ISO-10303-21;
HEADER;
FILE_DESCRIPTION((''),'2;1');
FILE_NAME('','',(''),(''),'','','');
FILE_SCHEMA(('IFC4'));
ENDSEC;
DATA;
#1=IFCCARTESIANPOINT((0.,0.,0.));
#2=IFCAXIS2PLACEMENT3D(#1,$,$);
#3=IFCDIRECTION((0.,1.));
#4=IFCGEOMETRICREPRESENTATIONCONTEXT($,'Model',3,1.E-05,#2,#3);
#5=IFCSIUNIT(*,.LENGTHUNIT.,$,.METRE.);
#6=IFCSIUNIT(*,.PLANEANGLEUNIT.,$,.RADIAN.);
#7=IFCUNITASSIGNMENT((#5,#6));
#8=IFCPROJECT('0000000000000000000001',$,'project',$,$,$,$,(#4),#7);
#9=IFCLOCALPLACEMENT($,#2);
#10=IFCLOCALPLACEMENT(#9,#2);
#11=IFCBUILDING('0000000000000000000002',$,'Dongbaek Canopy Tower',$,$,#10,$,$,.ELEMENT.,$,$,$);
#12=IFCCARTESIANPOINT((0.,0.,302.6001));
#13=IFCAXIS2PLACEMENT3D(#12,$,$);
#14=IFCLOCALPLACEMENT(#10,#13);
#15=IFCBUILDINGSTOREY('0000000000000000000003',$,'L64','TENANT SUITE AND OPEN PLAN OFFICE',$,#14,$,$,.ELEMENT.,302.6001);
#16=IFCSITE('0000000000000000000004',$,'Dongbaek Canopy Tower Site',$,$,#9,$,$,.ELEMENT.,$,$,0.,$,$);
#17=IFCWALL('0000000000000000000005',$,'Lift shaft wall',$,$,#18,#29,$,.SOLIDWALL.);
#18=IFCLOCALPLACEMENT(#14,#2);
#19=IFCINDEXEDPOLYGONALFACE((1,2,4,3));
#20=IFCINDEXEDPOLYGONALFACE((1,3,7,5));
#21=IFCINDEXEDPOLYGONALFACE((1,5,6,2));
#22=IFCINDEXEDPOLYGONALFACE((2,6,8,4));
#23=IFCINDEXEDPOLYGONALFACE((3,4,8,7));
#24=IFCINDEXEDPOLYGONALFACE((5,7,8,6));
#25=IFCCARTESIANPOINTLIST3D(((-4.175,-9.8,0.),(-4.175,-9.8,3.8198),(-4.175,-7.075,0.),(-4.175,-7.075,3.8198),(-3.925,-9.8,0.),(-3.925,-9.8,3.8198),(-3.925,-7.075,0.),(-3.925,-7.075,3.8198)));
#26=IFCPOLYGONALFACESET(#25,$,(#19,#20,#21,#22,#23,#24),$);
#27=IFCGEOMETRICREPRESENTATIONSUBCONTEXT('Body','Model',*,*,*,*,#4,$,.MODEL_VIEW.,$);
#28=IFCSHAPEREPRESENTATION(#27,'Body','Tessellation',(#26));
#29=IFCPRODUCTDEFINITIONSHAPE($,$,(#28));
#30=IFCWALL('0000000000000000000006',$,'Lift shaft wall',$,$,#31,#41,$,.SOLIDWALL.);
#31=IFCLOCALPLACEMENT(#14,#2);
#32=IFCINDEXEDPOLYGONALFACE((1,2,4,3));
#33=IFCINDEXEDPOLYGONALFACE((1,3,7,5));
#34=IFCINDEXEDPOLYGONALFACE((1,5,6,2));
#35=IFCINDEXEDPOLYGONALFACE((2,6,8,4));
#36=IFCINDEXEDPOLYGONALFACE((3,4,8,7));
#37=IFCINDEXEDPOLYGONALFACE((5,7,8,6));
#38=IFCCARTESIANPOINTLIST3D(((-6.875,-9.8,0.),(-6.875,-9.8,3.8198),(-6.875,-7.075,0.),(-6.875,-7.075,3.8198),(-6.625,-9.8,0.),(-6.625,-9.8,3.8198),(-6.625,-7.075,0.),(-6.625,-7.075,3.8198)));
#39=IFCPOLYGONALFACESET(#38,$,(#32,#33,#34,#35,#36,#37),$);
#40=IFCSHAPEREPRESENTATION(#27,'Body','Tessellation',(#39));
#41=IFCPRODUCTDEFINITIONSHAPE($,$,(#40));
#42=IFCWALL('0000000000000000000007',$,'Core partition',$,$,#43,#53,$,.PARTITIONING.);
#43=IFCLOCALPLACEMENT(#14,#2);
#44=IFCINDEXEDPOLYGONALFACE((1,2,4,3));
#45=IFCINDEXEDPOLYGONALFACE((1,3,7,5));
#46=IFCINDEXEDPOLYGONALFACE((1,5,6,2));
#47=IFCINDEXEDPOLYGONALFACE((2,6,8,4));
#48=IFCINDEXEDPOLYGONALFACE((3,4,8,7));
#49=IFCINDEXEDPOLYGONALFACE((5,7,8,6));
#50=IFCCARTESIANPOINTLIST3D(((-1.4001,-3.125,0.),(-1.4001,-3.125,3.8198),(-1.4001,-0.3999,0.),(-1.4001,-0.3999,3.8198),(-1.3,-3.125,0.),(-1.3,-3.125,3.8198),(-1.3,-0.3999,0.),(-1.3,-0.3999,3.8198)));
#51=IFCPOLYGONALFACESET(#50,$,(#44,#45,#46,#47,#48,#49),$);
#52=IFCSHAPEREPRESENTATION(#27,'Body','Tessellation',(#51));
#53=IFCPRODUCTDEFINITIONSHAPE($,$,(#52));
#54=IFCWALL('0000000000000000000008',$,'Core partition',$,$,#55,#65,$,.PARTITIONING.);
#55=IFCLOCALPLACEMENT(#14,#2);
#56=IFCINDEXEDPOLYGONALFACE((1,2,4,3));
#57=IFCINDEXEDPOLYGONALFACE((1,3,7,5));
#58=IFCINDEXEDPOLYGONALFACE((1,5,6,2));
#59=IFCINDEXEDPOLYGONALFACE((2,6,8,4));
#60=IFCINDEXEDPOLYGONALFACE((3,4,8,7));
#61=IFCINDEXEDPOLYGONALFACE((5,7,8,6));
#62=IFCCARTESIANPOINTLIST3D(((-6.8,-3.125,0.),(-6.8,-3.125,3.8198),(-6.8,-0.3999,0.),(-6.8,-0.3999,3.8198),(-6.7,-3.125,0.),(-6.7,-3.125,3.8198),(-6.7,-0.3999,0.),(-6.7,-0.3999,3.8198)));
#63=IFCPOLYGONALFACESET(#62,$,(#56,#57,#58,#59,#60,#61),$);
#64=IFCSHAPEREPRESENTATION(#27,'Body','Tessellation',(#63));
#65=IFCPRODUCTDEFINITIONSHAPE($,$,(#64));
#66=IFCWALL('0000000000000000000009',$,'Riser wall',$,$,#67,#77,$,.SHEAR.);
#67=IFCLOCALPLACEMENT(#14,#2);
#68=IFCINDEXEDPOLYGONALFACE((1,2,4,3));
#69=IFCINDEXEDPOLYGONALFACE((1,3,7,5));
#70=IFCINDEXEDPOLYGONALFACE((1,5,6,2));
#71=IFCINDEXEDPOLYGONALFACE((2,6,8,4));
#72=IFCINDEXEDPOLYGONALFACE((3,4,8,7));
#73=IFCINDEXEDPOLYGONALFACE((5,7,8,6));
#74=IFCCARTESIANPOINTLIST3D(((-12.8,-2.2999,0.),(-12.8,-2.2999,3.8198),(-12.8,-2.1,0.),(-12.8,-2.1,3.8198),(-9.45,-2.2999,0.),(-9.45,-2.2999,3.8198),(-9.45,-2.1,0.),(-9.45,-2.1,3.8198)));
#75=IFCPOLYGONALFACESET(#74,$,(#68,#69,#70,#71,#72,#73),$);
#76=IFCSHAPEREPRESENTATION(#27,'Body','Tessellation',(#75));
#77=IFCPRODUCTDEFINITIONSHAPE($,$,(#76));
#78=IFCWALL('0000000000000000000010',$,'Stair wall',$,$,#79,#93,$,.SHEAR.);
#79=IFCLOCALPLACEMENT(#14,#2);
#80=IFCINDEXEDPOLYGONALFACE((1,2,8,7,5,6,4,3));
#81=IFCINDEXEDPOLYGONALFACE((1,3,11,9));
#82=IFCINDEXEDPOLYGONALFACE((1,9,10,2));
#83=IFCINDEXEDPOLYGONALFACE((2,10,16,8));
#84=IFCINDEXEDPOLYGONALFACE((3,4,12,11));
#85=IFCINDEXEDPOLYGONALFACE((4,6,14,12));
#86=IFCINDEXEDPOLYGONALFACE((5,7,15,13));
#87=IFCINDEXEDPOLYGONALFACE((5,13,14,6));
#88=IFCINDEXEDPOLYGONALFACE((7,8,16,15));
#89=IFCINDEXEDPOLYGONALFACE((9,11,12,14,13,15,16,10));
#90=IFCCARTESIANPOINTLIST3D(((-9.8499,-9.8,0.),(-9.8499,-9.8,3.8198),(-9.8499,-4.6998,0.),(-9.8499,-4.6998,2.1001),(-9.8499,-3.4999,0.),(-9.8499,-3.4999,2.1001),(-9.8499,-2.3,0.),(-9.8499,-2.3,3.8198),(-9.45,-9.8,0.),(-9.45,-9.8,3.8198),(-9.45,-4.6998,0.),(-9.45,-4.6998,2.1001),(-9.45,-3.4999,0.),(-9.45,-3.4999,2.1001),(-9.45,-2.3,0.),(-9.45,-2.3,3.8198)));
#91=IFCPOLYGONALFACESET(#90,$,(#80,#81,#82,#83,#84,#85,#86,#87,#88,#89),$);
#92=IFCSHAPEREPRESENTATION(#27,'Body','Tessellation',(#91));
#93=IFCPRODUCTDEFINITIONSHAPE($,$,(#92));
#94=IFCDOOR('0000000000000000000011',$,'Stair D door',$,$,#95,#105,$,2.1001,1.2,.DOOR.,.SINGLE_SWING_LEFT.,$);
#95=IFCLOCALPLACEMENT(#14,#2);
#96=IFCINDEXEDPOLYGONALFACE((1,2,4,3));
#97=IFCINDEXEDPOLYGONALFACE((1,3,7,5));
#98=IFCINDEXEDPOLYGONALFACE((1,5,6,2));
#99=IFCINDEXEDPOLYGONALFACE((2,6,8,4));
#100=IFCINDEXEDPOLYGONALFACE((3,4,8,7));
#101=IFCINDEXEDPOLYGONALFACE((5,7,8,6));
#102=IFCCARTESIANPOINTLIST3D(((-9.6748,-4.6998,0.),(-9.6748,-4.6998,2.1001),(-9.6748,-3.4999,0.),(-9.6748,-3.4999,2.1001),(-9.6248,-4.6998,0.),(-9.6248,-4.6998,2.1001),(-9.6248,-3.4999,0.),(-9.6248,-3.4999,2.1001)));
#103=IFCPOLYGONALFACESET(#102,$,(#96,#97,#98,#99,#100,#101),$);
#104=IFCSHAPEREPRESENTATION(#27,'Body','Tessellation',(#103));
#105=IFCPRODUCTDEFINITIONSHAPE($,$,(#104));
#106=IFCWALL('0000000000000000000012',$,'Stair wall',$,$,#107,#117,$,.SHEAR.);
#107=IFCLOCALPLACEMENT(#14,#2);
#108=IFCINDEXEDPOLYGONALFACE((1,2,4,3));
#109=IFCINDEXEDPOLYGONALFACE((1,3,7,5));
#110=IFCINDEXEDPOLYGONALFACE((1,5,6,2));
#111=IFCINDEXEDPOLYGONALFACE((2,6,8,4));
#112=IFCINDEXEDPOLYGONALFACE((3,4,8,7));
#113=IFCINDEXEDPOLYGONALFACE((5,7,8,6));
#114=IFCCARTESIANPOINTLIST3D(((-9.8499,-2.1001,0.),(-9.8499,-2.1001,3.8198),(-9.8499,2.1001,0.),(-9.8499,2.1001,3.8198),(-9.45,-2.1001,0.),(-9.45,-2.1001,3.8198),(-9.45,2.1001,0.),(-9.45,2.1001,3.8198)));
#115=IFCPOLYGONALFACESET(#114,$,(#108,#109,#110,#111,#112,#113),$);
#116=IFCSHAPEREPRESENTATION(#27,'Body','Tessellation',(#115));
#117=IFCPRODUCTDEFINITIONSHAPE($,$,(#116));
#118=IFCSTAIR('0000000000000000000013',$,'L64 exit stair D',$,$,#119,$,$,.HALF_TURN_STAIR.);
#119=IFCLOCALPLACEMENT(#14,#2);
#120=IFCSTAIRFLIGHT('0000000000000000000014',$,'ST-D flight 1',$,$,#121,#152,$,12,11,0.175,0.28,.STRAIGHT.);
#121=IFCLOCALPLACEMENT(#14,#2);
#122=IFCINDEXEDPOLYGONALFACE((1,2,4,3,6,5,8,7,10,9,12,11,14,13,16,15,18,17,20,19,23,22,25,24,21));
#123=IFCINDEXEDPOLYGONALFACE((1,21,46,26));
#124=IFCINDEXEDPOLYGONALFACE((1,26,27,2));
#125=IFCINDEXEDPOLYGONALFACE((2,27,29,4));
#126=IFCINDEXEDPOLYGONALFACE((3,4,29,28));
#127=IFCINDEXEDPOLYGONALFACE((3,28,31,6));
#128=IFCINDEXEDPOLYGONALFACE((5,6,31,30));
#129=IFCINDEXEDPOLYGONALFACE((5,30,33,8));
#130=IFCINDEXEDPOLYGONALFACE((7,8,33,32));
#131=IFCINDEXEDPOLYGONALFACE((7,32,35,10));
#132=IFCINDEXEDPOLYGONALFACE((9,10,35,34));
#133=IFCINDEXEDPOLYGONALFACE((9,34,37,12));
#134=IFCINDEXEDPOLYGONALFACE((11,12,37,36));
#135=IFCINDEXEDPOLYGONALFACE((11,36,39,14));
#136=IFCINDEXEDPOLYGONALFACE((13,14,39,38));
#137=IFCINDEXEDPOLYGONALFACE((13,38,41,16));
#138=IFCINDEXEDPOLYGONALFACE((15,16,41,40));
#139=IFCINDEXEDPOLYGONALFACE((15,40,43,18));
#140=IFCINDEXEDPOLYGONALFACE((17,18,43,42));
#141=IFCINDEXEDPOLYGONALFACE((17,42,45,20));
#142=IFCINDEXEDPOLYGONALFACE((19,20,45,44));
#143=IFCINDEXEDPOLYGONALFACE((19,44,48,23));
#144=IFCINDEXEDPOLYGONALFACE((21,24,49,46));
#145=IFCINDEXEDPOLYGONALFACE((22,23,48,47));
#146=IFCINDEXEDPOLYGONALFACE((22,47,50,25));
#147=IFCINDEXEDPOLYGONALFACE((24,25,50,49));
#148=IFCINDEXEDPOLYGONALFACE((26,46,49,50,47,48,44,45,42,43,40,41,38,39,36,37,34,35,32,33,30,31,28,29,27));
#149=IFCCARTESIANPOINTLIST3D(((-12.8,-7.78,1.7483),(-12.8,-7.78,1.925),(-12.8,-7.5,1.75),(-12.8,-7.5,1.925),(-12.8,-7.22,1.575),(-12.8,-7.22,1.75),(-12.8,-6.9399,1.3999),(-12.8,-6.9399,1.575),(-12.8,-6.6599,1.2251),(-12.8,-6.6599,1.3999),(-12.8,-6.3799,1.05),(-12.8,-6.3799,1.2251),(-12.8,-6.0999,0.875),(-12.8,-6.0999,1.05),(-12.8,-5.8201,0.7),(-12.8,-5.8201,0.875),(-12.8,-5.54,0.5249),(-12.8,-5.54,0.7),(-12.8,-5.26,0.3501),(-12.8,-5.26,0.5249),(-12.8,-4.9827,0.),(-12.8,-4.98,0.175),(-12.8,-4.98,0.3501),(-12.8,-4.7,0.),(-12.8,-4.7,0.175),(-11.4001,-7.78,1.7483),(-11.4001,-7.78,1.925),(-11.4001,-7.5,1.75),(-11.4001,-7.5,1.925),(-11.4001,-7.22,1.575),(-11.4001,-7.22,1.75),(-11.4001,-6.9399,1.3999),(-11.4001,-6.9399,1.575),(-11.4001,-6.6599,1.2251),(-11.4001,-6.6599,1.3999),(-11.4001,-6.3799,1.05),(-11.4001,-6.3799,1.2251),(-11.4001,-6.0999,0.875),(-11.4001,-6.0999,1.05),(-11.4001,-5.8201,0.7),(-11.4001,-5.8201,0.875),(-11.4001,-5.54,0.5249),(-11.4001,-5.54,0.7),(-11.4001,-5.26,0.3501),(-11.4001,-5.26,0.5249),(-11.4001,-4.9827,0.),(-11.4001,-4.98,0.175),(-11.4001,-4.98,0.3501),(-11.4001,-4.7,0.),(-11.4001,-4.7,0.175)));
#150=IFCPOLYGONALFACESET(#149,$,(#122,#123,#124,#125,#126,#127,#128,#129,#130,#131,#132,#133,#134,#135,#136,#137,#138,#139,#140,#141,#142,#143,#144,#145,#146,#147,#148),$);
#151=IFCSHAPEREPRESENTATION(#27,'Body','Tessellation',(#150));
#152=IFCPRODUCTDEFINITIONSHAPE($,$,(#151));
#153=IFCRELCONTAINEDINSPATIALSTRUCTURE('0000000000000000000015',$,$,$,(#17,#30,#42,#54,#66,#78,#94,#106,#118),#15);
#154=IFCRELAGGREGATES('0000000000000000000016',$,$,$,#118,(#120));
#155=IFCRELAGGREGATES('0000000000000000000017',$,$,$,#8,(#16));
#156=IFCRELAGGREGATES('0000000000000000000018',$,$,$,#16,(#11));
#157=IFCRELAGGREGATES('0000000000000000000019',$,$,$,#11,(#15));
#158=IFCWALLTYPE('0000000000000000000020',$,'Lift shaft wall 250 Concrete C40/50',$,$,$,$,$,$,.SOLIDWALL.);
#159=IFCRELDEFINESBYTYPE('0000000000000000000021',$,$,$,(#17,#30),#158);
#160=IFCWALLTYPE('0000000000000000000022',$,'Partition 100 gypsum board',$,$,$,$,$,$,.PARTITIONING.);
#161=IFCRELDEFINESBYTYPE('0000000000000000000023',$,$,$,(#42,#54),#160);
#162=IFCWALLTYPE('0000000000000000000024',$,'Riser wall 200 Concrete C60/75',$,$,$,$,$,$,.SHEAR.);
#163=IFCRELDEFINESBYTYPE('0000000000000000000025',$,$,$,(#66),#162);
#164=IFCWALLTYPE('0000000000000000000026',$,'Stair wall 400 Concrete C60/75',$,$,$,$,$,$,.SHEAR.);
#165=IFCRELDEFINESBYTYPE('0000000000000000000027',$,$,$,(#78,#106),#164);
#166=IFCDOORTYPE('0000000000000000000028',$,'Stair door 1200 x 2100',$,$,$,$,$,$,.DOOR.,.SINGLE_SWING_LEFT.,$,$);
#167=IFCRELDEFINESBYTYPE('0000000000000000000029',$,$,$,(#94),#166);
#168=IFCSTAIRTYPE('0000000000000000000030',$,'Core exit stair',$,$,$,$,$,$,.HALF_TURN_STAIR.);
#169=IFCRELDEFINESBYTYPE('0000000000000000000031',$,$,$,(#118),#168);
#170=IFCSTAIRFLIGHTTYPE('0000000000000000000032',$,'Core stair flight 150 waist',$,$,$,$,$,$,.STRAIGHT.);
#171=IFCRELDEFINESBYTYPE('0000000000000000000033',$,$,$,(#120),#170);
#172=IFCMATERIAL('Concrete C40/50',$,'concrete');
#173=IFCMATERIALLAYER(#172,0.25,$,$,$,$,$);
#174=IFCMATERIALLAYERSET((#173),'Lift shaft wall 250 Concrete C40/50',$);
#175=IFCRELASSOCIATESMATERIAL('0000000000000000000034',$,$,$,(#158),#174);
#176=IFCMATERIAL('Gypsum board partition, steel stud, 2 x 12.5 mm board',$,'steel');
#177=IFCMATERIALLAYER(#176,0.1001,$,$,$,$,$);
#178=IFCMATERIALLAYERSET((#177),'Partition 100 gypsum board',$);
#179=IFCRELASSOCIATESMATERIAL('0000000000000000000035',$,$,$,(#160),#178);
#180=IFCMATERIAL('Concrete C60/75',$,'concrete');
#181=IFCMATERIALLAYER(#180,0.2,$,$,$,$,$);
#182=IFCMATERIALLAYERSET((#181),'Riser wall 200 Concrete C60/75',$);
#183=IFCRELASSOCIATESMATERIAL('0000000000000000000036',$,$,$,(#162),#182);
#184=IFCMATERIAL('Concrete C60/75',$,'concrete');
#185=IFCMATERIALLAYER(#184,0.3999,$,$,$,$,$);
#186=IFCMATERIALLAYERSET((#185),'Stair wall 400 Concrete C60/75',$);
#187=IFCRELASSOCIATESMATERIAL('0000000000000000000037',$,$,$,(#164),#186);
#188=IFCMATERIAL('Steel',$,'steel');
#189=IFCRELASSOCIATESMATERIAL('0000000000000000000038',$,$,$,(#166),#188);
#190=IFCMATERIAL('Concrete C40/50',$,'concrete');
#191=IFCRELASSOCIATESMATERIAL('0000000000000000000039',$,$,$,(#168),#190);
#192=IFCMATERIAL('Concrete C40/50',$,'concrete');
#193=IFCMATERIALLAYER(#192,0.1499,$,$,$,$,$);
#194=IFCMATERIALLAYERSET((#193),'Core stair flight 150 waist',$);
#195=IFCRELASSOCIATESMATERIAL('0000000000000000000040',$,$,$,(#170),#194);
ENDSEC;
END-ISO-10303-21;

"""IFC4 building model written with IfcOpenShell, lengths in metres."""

from ifc_helpers import new_model, si_unit, direction, frame, frame_2d, origin, place, context, subcontext, project, spatial, polyline, rectangle, outline, extrude, material, layer, layer_set, type_object, element, fill, aggregate, save


model = new_model("IFC4")

# Units and contexts
model_context = context("Model", 3, precision=1e-05, world=origin(), true_north=direction((0.0, 1.0)))
body_context = subcontext(model_context, "Body", "Model", "MODEL_VIEW")
ifc_project = project(units=[si_unit("LENGTHUNIT", "METRE"), si_unit("PLANEANGLEUNIT", "RADIAN")], contexts=[model_context])

# Site, building, storey
site_placement = place(None, origin())
site = spatial("IfcSite", under=ifc_project, at=site_placement, Name="Dongbaek Canopy Tower Site", CompositionType="ELEMENT", RefElevation=0.0)
building_placement = place(site_placement, origin())
building = spatial("IfcBuilding", under=site, at=building_placement, Name="Dongbaek Canopy Tower", CompositionType="ELEMENT")
storey_placement = place(building_placement, frame((0.0, 0.0, 302.6001)))
storey = spatial("IfcBuildingStorey", under=building, at=storey_placement, Name="L64", Description="TENANT SUITE AND OPEN PLAN OFFICE", CompositionType="ELEMENT", Elevation=302.6001)

# Walls
ifc_material_1 = material(Name="Concrete C40/50", Category="concrete")
ifc_layer_1 = layer(ifc_material_1, 0.25)
ifc_layer_set_1 = layer_set([ifc_layer_1], Name="Lift shaft wall 250 Concrete C40/50")
wall_type_1 = type_object("IfcWallType", Name="Lift shaft wall 250 Concrete C40/50", PredefinedType="SOLIDWALL", material=ifc_layer_set_1)
for number, where, z_axis, x_axis, name in (
    (1, (-4.05, -9.8, 0.0), (0.0, 0.0, 1.0), (0.0, 1.0, 0.0), "Lift shaft wall"),
    (2, (-6.75, -9.8, 0.0), (0.0, 0.0, 1.0), (0.0, 1.0, 0.0), "Lift shaft wall"),
):
    element("IfcWall", number, at=place(storey_placement, frame(where, z_axis=z_axis, x_axis=x_axis)), inside=storey, type_object=wall_type_1, Name=name, PredefinedType="SOLIDWALL", context=body_context, shape_type="SweptSolid", body=[
        extrude(rectangle(XDim=2.7251, YDim=0.25, at=frame_2d((1.3625, 0.0))), origin(), (0.0, 0.0, 1.0), 3.8198),
    ])
ifc_material_2 = material(Name="Gypsum board partition, steel stud, 2 x 12.5 mm board", Category="steel")
ifc_layer_2 = layer(ifc_material_2, 0.1001)
ifc_layer_set_2 = layer_set([ifc_layer_2], Name="Partition 100 gypsum board")
wall_type_2 = type_object("IfcWallType", Name="Partition 100 gypsum board", PredefinedType="PARTITIONING", material=ifc_layer_set_2)
for number, where, z_axis, x_axis, name in (
    (3, (-1.3501, -3.125, 0.0), (0.0, 0.0, 1.0), (0.0, 1.0, 0.0), "Core partition"),
    (4, (-6.75, -3.125, 0.0), (0.0, 0.0, 1.0), (0.0, 1.0, 0.0), "Core partition"),
):
    element("IfcWall", number, at=place(storey_placement, frame(where, z_axis=z_axis, x_axis=x_axis)), inside=storey, type_object=wall_type_2, Name=name, PredefinedType="PARTITIONING", context=body_context, shape_type="SweptSolid", body=[
        extrude(rectangle(XDim=2.7251, YDim=0.1001, at=frame_2d((1.3625, 0.0))), origin(), (0.0, 0.0, 1.0), 3.8198),
    ])
ifc_material_3 = material(Name="Concrete C60/75", Category="concrete")
ifc_layer_3 = layer(ifc_material_3, 0.2)
ifc_layer_set_3 = layer_set([ifc_layer_3], Name="Riser wall 200 Concrete C60/75")
wall_type_3 = type_object("IfcWallType", Name="Riser wall 200 Concrete C60/75", PredefinedType="SHEAR", material=ifc_layer_set_3)
wall_1_placement = place(storey_placement, frame((-9.45, -2.2, 0.0), z_axis=(0.0, 0.0, 1.0), x_axis=(-1.0, 0.0, 0.0)))
element("IfcWall", 5, at=wall_1_placement, inside=storey, type_object=wall_type_3, Name="Riser wall", PredefinedType="SHEAR", context=body_context, shape_type="SweptSolid", body=[
    extrude(rectangle(XDim=3.3501, YDim=0.2, at=frame_2d((1.675, 0.0))), origin(), (0.0, 0.0, 1.0), 3.8198),
])

# Wall, opening, door
ifc_material_4 = material(Name="Concrete C60/75", Category="concrete")
ifc_layer_4 = layer(ifc_material_4, 0.3999)
ifc_layer_set_4 = layer_set([ifc_layer_4], Name="Stair wall 400 Concrete C60/75")
wall_type_4 = type_object("IfcWallType", Name="Stair wall 400 Concrete C60/75", PredefinedType="SHEAR", material=ifc_layer_set_4)
wall_2_placement = place(storey_placement, frame((-9.6499, -9.8, 0.0), z_axis=(0.0, 0.0, 1.0), x_axis=(0.0, 1.0, 0.0)))
wall_2 = element("IfcWall", 6, at=wall_2_placement, inside=storey, type_object=wall_type_4, Name="Stair wall", PredefinedType="SHEAR", context=body_context, shape_type="SweptSolid", body=[
    extrude(rectangle(XDim=7.5, YDim=0.3999, at=frame_2d((3.75, 0.0))), origin(), (0.0, 0.0, 1.0), 3.8198),
])
opening_1_placement = place(wall_2_placement, frame((5.1001, 0.0, 0.0)))
opening_1 = element("IfcOpeningElement", 7, at=opening_1_placement, cuts=wall_2, PredefinedType="OPENING", context=body_context, shape_type="SweptSolid", body=[
    extrude(rectangle(XDim=1.2, YDim=2.1001, at=frame_2d((0.6001, 1.05))), frame((0.0, 0.21, 0.0), z_axis=(0.0, -1.0, 0.0), x_axis=(1.0, 0.0, 0.0)), (0.0, 0.0, 1.0), 0.4199),
])
ifc_material_5 = material(Name="Steel", Category="steel")
door_type_1 = type_object("IfcDoorType", Name="Stair door 1200 x 2100", OperationType="SINGLE_SWING_LEFT", PredefinedType="DOOR", material=ifc_material_5)
door_1_placement = place(opening_1_placement, origin())
door_1 = element("IfcDoor", 8, at=door_1_placement, inside=storey, type_object=door_type_1, Name="Stair D door", OperationType="SINGLE_SWING_LEFT", OverallHeight=2.1001, OverallWidth=1.2, PredefinedType="DOOR", context=body_context, shape_type="SweptSolid", body=[
    extrude(rectangle(XDim=1.2, YDim=2.1001, at=frame_2d((0.6001, 1.05))), frame((0.0, 0.0249, 0.0), z_axis=(0.0, -1.0, 0.0), x_axis=(1.0, 0.0, 0.0)), (0.0, 0.0, 1.0), 0.05),
])
fill(opening_1, door_1)

# Wall
wall_3_placement = place(storey_placement, frame((-9.6499, -2.1001, 0.0), z_axis=(0.0, 0.0, 1.0), x_axis=(0.0, 1.0, 0.0)))
element("IfcWall", 9, at=wall_3_placement, inside=storey, type_object=wall_type_4, Name="Stair wall", PredefinedType="SHEAR", context=body_context, shape_type="SweptSolid", body=[
    extrude(rectangle(XDim=4.2002, YDim=0.3999, at=frame_2d((2.1001, 0.0))), origin(), (0.0, 0.0, 1.0), 3.8198),
])

# Stair, stair flight
ifc_material_6 = material(Name="Concrete C40/50", Category="concrete")
stair_type = type_object("IfcStairType", Name="Core exit stair", PredefinedType="HALF_TURN_STAIR", material=ifc_material_6)
stair_placement = place(storey_placement, origin())
stair = element("IfcStair", 10, at=stair_placement, inside=storey, type_object=stair_type, Name="L64 exit stair D", PredefinedType="HALF_TURN_STAIR")
ifc_material_7 = material(Name="Concrete C40/50", Category="concrete")
ifc_layer_5 = layer(ifc_material_7, 0.1499)
ifc_layer_set_5 = layer_set([ifc_layer_5], Name="Core stair flight 150 waist")
stair_flight_type = type_object("IfcStairFlightType", Name="Core stair flight 150 waist", PredefinedType="STRAIGHT", material=ifc_layer_set_5)
stair_flight_1_placement = place(storey_placement, frame((-12.1001, -4.7, 0.0), z_axis=(0.0, 0.0, 1.0), x_axis=(0.0, -1.0, 0.0)))
stair_flight_1 = element("IfcStairFlight", 11, at=stair_flight_1_placement, type_object=stair_flight_type, Name="ST-D flight 1", NumberOfRisers=12, NumberOfTreads=11, PredefinedType="STRAIGHT", RiserHeight=0.175, TreadLength=0.28, context=body_context, shape_type="SweptSolid", body=[
    extrude(outline(polyline([(0.0, 0.0), (0.0, 0.175), (0.28, 0.175), (0.28, 0.3501), (0.5601, 0.3501), (0.5601, 0.5249), (0.8401, 0.5249), (0.8401, 0.7), (1.1201, 0.7), (1.1201, 0.875), (1.3999, 0.875), (1.3999, 1.05), (1.6799, 1.05), (1.6799, 1.2251), (1.96, 1.2251), (1.96, 1.3999), (2.24, 1.3999), (2.24, 1.575), (2.52, 1.575), (2.52, 1.75), (2.8, 1.75), (2.8, 1.925), (3.0801, 1.925), (3.0801, 2.1001), (3.0801, 1.7483), (0.2827, 0.0), (0.0, 0.0)])), frame((0.0, 0.7, 0.0), z_axis=(0.0, -1.0, 0.0), x_axis=(1.0, 0.0, 0.0)), (0.0, 0.0, 1.0), 1.3999),
])
aggregate(stair, [stair_flight_1])

save(model, "model.ifc")
